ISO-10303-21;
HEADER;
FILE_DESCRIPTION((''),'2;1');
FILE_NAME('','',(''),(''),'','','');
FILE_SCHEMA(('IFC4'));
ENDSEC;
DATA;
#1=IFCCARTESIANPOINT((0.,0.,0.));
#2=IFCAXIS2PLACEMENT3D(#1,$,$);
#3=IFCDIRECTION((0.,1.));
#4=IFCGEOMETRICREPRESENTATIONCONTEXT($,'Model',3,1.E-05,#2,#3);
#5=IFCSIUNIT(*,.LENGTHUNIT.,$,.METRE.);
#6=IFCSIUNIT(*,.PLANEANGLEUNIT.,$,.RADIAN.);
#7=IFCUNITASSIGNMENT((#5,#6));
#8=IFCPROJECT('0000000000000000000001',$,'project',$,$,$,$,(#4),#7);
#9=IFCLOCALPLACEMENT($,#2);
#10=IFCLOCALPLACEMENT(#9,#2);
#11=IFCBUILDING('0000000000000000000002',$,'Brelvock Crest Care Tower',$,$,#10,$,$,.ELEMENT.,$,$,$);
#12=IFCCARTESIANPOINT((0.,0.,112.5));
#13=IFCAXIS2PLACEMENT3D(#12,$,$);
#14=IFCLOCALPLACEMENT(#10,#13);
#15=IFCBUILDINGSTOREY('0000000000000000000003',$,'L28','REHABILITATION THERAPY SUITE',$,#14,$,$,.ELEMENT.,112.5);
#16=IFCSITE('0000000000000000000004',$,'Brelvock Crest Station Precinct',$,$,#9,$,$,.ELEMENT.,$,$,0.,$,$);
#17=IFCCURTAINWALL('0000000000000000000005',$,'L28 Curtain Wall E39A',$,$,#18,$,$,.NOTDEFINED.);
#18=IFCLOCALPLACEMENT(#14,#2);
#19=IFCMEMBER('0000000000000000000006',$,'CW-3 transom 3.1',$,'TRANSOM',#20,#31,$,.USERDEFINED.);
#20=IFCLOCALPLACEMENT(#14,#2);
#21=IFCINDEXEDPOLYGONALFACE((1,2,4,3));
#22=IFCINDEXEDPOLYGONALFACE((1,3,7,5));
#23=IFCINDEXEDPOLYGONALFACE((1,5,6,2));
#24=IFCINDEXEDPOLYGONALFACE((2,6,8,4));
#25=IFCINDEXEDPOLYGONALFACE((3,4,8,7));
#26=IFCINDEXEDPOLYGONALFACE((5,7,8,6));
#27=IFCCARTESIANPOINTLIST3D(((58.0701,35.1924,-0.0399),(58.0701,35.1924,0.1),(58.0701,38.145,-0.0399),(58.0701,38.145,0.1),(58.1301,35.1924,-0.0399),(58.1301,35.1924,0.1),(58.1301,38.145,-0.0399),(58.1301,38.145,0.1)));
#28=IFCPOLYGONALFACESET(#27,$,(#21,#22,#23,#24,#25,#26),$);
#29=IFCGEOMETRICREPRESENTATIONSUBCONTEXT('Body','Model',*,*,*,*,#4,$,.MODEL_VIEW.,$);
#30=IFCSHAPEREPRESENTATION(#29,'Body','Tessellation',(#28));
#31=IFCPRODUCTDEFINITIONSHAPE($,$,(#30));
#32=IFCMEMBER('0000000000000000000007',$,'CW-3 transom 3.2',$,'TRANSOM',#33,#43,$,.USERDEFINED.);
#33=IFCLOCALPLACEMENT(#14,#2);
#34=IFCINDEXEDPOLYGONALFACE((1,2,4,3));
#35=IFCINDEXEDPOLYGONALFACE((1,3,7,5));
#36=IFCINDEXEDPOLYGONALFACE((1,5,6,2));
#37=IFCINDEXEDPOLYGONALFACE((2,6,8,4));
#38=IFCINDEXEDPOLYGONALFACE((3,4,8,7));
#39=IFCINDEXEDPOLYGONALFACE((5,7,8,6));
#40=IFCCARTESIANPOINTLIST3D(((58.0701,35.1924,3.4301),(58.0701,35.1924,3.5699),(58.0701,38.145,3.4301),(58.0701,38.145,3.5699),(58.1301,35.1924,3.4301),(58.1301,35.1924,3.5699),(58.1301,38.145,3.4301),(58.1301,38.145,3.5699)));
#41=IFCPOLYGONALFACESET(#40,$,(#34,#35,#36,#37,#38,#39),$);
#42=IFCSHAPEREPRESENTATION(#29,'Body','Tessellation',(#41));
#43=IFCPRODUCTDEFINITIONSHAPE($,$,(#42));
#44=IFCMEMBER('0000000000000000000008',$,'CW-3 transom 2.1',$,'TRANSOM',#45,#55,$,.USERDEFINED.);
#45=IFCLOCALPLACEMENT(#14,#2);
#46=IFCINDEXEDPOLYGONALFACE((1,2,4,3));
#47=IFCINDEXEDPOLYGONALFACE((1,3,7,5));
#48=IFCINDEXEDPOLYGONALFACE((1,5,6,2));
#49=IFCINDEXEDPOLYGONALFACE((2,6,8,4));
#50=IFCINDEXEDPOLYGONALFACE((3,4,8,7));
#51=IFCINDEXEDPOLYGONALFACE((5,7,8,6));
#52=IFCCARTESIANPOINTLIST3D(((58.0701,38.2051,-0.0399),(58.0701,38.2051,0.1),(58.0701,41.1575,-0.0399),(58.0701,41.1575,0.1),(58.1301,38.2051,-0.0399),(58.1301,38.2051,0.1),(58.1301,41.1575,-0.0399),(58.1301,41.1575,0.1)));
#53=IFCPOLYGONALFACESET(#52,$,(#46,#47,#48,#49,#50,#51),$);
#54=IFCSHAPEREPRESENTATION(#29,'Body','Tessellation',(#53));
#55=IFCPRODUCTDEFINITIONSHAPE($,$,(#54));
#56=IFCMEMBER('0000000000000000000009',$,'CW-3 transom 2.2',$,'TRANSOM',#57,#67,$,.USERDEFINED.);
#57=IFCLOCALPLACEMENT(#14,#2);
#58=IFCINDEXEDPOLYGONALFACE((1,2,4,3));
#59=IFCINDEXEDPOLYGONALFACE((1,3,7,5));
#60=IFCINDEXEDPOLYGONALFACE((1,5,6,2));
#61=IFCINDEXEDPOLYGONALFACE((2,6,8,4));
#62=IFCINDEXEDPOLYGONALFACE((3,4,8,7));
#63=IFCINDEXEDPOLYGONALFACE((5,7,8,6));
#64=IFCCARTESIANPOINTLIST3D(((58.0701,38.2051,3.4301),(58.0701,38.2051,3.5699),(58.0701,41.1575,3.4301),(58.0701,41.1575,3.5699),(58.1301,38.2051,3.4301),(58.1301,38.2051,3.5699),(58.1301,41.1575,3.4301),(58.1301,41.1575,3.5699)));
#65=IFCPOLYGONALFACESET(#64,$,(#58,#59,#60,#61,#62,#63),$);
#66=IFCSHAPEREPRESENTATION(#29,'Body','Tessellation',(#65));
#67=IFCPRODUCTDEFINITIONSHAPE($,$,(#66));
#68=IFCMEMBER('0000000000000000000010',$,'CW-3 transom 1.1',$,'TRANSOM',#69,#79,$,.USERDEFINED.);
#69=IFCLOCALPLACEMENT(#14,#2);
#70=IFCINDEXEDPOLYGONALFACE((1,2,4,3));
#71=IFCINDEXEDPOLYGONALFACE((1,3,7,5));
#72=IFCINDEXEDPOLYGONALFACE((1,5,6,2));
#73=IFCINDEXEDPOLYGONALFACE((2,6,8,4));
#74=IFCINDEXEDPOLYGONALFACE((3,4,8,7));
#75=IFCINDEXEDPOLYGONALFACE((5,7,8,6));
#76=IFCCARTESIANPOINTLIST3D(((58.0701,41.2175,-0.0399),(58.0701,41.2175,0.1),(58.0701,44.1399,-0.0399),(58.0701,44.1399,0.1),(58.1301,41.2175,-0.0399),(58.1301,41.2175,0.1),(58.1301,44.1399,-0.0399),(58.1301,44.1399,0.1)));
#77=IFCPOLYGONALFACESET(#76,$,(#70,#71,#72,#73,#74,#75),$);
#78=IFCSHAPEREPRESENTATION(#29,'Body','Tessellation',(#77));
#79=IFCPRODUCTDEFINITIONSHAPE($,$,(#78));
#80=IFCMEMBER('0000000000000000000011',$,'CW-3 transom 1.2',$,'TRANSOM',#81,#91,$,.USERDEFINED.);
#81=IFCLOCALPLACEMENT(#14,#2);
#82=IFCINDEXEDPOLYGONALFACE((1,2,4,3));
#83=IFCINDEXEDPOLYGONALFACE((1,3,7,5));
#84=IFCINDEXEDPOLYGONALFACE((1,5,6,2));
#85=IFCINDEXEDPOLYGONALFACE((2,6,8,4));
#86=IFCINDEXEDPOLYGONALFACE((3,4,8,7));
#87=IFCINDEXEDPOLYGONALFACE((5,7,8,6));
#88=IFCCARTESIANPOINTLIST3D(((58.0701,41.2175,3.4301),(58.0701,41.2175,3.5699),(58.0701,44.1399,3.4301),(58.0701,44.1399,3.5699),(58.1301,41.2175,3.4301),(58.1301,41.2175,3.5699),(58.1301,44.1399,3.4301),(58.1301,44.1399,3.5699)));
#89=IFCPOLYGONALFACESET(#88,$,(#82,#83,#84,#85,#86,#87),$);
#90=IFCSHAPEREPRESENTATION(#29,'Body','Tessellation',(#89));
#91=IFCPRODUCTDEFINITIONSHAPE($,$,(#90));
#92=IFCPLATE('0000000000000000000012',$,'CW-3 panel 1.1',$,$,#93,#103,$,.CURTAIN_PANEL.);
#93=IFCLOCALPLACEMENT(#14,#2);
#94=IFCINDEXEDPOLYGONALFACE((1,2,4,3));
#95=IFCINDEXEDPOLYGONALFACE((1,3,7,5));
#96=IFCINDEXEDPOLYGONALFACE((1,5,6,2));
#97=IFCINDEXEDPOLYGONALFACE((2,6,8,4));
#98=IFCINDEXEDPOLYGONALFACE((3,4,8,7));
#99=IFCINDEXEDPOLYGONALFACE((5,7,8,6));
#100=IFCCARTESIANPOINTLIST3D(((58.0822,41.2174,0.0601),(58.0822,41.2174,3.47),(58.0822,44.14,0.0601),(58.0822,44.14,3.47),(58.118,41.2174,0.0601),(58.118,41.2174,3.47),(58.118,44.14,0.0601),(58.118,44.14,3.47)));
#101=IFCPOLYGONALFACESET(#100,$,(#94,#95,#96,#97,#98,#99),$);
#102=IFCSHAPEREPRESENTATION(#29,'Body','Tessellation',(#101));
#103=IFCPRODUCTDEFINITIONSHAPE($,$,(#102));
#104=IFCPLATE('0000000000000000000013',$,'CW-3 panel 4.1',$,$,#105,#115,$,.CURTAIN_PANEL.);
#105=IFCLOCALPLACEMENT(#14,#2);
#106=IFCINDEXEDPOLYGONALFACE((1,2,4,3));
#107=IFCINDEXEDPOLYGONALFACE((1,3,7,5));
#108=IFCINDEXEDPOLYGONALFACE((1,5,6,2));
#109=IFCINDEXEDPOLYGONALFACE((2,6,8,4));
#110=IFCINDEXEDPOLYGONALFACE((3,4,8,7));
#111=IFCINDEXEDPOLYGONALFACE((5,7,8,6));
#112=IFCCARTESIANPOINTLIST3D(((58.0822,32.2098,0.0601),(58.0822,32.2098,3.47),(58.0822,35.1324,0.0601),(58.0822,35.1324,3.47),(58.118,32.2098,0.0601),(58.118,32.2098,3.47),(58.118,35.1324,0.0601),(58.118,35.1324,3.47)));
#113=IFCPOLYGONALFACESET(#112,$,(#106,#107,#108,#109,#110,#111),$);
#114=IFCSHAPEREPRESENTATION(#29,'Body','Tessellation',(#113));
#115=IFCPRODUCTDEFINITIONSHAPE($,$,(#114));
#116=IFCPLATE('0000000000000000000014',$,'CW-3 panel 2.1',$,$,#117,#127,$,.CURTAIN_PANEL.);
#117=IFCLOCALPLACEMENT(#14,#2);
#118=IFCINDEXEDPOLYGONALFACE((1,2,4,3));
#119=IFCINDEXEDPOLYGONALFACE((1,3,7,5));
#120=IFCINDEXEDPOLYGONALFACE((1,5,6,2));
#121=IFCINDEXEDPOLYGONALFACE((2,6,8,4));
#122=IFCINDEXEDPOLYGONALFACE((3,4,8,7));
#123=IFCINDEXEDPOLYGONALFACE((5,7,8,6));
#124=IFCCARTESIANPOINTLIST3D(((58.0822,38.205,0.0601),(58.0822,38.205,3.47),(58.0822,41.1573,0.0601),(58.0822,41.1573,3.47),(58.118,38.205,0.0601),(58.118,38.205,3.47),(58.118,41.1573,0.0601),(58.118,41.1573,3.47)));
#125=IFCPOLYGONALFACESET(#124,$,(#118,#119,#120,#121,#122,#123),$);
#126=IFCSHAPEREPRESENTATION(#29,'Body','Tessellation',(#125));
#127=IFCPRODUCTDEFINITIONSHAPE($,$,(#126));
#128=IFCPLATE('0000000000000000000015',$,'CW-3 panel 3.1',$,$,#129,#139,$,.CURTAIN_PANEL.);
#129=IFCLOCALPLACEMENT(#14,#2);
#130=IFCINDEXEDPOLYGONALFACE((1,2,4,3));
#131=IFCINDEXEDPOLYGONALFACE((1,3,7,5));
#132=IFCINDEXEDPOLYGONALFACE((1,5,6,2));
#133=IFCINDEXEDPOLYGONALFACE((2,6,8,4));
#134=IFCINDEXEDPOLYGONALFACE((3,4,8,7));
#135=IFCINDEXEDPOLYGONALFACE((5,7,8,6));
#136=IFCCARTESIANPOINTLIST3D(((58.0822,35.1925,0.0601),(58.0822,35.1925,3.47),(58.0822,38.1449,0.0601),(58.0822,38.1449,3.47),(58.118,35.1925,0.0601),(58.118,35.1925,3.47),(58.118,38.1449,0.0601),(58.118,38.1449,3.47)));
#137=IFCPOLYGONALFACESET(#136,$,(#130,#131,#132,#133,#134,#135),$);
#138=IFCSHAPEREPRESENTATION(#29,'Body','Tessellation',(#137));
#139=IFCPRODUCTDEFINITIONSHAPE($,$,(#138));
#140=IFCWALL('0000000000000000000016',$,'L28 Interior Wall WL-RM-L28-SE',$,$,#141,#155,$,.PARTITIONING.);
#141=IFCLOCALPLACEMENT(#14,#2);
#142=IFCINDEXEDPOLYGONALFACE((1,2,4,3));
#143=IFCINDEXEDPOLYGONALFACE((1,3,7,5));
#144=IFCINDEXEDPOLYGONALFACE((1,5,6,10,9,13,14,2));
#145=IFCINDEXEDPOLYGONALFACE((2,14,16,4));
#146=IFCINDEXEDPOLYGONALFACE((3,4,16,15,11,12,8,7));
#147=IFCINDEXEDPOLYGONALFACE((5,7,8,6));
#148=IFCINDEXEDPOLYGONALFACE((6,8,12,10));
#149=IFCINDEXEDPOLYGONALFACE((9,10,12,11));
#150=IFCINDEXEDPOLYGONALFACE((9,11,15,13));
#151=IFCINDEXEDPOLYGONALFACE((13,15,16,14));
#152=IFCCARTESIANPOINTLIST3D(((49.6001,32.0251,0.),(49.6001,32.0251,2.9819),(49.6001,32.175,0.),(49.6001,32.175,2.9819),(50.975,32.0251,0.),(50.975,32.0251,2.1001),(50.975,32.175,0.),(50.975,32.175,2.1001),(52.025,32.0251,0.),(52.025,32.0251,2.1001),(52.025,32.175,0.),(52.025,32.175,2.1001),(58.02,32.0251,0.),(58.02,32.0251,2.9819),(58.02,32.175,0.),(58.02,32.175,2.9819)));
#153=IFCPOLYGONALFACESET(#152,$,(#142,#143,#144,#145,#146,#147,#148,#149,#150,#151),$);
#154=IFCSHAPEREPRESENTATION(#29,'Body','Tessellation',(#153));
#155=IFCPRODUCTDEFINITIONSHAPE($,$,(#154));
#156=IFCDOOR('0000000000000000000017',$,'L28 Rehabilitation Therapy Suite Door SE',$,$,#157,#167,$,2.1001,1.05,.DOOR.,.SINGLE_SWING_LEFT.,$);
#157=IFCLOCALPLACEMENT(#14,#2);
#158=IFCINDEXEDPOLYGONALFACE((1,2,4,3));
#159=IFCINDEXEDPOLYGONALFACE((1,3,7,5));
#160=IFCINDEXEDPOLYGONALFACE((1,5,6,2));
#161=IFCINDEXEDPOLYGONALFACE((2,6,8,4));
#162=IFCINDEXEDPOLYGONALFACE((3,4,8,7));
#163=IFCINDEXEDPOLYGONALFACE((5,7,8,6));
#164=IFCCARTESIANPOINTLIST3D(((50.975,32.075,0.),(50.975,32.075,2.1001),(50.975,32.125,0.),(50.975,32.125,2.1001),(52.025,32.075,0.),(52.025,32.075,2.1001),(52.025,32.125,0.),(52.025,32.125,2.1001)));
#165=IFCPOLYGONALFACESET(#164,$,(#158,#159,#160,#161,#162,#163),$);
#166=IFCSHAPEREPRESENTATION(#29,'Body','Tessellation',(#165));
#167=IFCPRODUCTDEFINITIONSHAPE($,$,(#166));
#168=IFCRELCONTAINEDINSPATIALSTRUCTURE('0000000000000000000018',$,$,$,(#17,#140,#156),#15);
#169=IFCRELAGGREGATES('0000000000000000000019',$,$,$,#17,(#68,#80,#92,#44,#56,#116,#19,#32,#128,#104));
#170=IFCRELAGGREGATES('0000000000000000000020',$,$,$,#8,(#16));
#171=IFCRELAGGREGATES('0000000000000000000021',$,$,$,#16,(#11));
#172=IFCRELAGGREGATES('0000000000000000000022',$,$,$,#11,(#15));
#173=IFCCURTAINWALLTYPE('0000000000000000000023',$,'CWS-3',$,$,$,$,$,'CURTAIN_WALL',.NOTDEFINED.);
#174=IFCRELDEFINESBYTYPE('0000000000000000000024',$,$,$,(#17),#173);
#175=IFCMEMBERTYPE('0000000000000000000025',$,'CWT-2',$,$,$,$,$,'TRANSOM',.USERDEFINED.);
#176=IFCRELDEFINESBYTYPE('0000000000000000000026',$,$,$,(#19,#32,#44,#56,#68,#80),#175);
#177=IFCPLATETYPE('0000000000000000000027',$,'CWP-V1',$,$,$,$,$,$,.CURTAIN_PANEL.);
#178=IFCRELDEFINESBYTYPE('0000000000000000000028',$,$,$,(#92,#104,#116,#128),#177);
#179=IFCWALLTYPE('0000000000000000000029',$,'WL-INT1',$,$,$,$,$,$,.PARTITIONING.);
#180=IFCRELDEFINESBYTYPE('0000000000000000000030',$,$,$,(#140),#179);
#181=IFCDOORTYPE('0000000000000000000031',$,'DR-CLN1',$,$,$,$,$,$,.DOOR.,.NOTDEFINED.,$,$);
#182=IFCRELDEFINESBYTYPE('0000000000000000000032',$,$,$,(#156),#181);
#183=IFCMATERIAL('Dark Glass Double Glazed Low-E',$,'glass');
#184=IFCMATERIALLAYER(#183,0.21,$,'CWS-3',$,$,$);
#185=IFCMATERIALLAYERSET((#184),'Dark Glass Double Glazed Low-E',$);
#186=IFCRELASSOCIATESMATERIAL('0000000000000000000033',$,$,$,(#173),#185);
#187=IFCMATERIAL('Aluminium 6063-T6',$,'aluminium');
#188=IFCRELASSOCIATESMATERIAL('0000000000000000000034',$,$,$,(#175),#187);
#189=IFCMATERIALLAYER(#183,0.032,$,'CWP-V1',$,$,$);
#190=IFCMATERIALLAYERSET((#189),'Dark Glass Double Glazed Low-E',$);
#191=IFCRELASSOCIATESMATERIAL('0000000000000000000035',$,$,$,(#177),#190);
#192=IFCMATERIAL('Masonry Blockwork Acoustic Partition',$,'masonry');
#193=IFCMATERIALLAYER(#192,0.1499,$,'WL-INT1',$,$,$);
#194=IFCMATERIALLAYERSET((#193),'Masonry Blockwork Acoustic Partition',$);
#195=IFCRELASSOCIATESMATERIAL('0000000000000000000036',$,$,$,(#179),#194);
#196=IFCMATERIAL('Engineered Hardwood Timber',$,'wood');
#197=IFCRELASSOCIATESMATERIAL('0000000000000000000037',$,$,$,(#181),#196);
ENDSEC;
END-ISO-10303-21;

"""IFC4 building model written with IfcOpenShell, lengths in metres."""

from ifc_helpers import new_model, si_unit, direction, frame, frame_2d, origin, origin_2d, place, context, subcontext, project, spatial, rectangle, extrude, source, transform, mapped, material, layer, layer_set, material_profile, profile_set, type_object, element, fill, aggregate, save


model = new_model("IFC4")

# Units and contexts
model_context = context("Model", 3, precision=1e-05, world=origin(), true_north=direction((0.0, 1.0)))
body_context = subcontext(model_context, "Body", "Model", "MODEL_VIEW")
ifc_project = project(units=[si_unit("LENGTHUNIT", "METRE"), si_unit("PLANEANGLEUNIT", "RADIAN")], contexts=[model_context])

# Site, building, storey
site_placement = place(None, origin())
site = spatial("IfcSite", under=ifc_project, at=site_placement, Name="Brelvock Crest Station Precinct", CompositionType="ELEMENT", RefElevation=0.0)
building_placement = place(site_placement, origin())
building = spatial("IfcBuilding", under=site, at=building_placement, Name="Brelvock Crest Care Tower", CompositionType="ELEMENT")
storey_placement = place(building_placement, frame((0.0, 0.0, 112.5)))
storey = spatial("IfcBuildingStorey", under=building, at=storey_placement, Name="L28", Description="REHABILITATION THERAPY SUITE", CompositionType="ELEMENT", Elevation=112.5)

# Curtain wall, members, plates
ifc_material_1 = material(Name="Dark Glass Double Glazed Low-E", Category="glass")
ifc_layer_1 = layer(ifc_material_1, 0.21, Name="CWS-3")
ifc_layer_set_1 = layer_set([ifc_layer_1], Name="Dark Glass Double Glazed Low-E")
curtain_wall_type = type_object("IfcCurtainWallType", Name="CWS-3", ElementType="CURTAIN_WALL", PredefinedType="NOTDEFINED", material=ifc_layer_set_1)
curtain_wall_placement = place(storey_placement, origin())
curtain_wall = element("IfcCurtainWall", 1, at=curtain_wall_placement, inside=storey, type_object=curtain_wall_type, Name="L28 Curtain Wall E39A", PredefinedType="NOTDEFINED")
ifc_material_2 = material(Name="Aluminium 6063-T6", Category="aluminium")
ifc_material_profile_1 = material_profile(ifc_material_2, rectangle(XDim=0.0601, YDim=0.1399, at=origin_2d()), Name="ALU60x140")
ifc_profile_set_1 = profile_set([ifc_material_profile_1], Name="Aluminium 6063-T6")
member_type_1 = type_object("IfcMemberType", Name="CWT-2", ElementType="TRANSOM", PredefinedType="USERDEFINED", material=ifc_profile_set_1)
shared_shape_1 = source(origin(), body_context, "Body", "SweptSolid", [
    extrude(rectangle(XDim=0.0601, YDim=0.1399, at=origin_2d()), origin(), (0.0, 0.0, 1.0), 2.9526),
])
member_1_placement = place(storey_placement, frame((58.1001, 38.145, 0.03), z_axis=(0.0, -1.0, 0.0), x_axis=(1.0, 0.0, 0.0)))
member_1 = element("IfcMember", 2, at=member_1_placement, type_object=member_type_1, Name="CW-3 transom 3.1", ObjectType="TRANSOM", PredefinedType="USERDEFINED", context=body_context, shape_type="MappedRepresentation", body=[
    mapped(shared_shape_1, transform((0.0, 0.0, 0.0), x_axis=(1.0, 0.0, 0.0), y_axis=(0.0, 1.0, 0.0), z_axis=(0.0, 0.0, 1.0), scale=1.0)),
])
member_2_placement = place(storey_placement, frame((58.1001, 38.145, 3.5), z_axis=(0.0, -1.0, 0.0), x_axis=(1.0, 0.0, 0.0)))
member_2 = element("IfcMember", 3, at=member_2_placement, type_object=member_type_1, Name="CW-3 transom 3.2", ObjectType="TRANSOM", PredefinedType="USERDEFINED", context=body_context, shape_type="MappedRepresentation", body=[
    mapped(shared_shape_1, transform((0.0, 0.0, 0.0), x_axis=(1.0, 0.0, 0.0), y_axis=(0.0, 1.0, 0.0), z_axis=(0.0, 0.0, 1.0), scale=1.0)),
])
shared_shape_2 = source(origin(), body_context, "Body", "SweptSolid", [
    extrude(rectangle(XDim=0.0601, YDim=0.1399, at=origin_2d()), origin(), (0.0, 0.0, 1.0), 2.9524),
])
member_3_placement = place(storey_placement, frame((58.1001, 41.1575, 0.03), z_axis=(0.0, -1.0, 0.0), x_axis=(1.0, 0.0, 0.0)))
member_3 = element("IfcMember", 4, at=member_3_placement, type_object=member_type_1, Name="CW-3 transom 2.1", ObjectType="TRANSOM", PredefinedType="USERDEFINED", context=body_context, shape_type="MappedRepresentation", body=[
    mapped(shared_shape_2, transform((0.0, 0.0, 0.0), x_axis=(1.0, 0.0, 0.0), y_axis=(0.0, 1.0, 0.0), z_axis=(0.0, 0.0, 1.0), scale=1.0)),
])
member_4_placement = place(storey_placement, frame((58.1001, 41.1575, 3.5), z_axis=(0.0, -1.0, 0.0), x_axis=(1.0, 0.0, 0.0)))
member_4 = element("IfcMember", 5, at=member_4_placement, type_object=member_type_1, Name="CW-3 transom 2.2", ObjectType="TRANSOM", PredefinedType="USERDEFINED", context=body_context, shape_type="MappedRepresentation", body=[
    mapped(shared_shape_2, transform((0.0, 0.0, 0.0), x_axis=(1.0, 0.0, 0.0), y_axis=(0.0, 1.0, 0.0), z_axis=(0.0, 0.0, 1.0), scale=1.0)),
])
shared_shape_3 = source(origin(), body_context, "Body", "SweptSolid", [
    extrude(rectangle(XDim=0.0601, YDim=0.1399, at=origin_2d()), origin(), (0.0, 0.0, 1.0), 2.9224),
])
member_5_placement = place(storey_placement, frame((58.1001, 44.1399, 0.03), z_axis=(0.0, -1.0, 0.0), x_axis=(1.0, 0.0, 0.0)))
member_5 = element("IfcMember", 6, at=member_5_placement, type_object=member_type_1, Name="CW-3 transom 1.1", ObjectType="TRANSOM", PredefinedType="USERDEFINED", context=body_context, shape_type="MappedRepresentation", body=[
    mapped(shared_shape_3, transform((0.0, 0.0, 0.0), x_axis=(1.0, 0.0, 0.0), y_axis=(0.0, 1.0, 0.0), z_axis=(0.0, 0.0, 1.0), scale=1.0)),
])
member_6_placement = place(storey_placement, frame((58.1001, 44.1399, 3.5), z_axis=(0.0, -1.0, 0.0), x_axis=(1.0, 0.0, 0.0)))
member_6 = element("IfcMember", 7, at=member_6_placement, type_object=member_type_1, Name="CW-3 transom 1.2", ObjectType="TRANSOM", PredefinedType="USERDEFINED", context=body_context, shape_type="MappedRepresentation", body=[
    mapped(shared_shape_3, transform((0.0, 0.0, 0.0), x_axis=(1.0, 0.0, 0.0), y_axis=(0.0, 1.0, 0.0), z_axis=(0.0, 0.0, 1.0), scale=1.0)),
])
ifc_layer_2 = layer(ifc_material_1, 0.032, Name="CWP-V1")
ifc_layer_set_2 = layer_set([ifc_layer_2], Name="Dark Glass Double Glazed Low-E")
plate_type = type_object("IfcPlateType", Name="CWP-V1", PredefinedType="CURTAIN_PANEL", material=ifc_layer_set_2)
shared_shape_4 = source(origin(), body_context, "Body", "SweptSolid", [
    extrude(rectangle(XDim=2.9226, YDim=0.0359, at=origin_2d()), origin(), (0.0, 0.0, 1.0), 3.4099),
])
plate_1_placement = place(storey_placement, frame((58.1001, 42.6787, 0.0601), z_axis=(0.0, 0.0, 1.0), x_axis=(0.0, -1.0, 0.0)))
plate_1 = element("IfcPlate", 8, at=plate_1_placement, type_object=plate_type, Name="CW-3 panel 1.1", PredefinedType="CURTAIN_PANEL", context=body_context, shape_type="MappedRepresentation", body=[
    mapped(shared_shape_4, transform((0.0, 0.0, 0.0), x_axis=(1.0, 0.0, 0.0), y_axis=(0.0, 1.0, 0.0), z_axis=(0.0, 0.0, 1.0), scale=1.0)),
])
plate_2_placement = place(storey_placement, frame((58.1001, 33.6711, 0.0601), z_axis=(0.0, 0.0, 1.0), x_axis=(0.0, -1.0, 0.0)))
plate_2 = element("IfcPlate", 9, at=plate_2_placement, type_object=plate_type, Name="CW-3 panel 4.1", PredefinedType="CURTAIN_PANEL", context=body_context, shape_type="MappedRepresentation", body=[
    mapped(shared_shape_4, transform((0.0, 0.0, 0.0), x_axis=(1.0, 0.0, 0.0), y_axis=(0.0, 1.0, 0.0), z_axis=(0.0, 0.0, 1.0), scale=1.0)),
])
shared_shape_5 = source(origin(), body_context, "Body", "SweptSolid", [
    extrude(rectangle(XDim=2.9524, YDim=0.0359, at=origin_2d()), origin(), (0.0, 0.0, 1.0), 3.4099),
])
plate_3_placement = place(storey_placement, frame((58.1001, 39.6812, 0.0601), z_axis=(0.0, 0.0, 1.0), x_axis=(0.0, -1.0, 0.0)))
plate_3 = element("IfcPlate", 10, at=plate_3_placement, type_object=plate_type, Name="CW-3 panel 2.1", PredefinedType="CURTAIN_PANEL", context=body_context, shape_type="MappedRepresentation", body=[
    mapped(shared_shape_5, transform((0.0, 0.0, 0.0), x_axis=(1.0, 0.0, 0.0), y_axis=(0.0, 1.0, 0.0), z_axis=(0.0, 0.0, 1.0), scale=1.0)),
])
plate_4_placement = place(storey_placement, frame((58.1001, 36.6687, 0.0601), z_axis=(0.0, 0.0, 1.0), x_axis=(0.0, -1.0, 0.0)))
plate_4 = element("IfcPlate", 11, at=plate_4_placement, type_object=plate_type, Name="CW-3 panel 3.1", PredefinedType="CURTAIN_PANEL", context=body_context, shape_type="MappedRepresentation", body=[
    mapped(shared_shape_5, transform((0.0, 0.0, 0.0), x_axis=(1.0, 0.0, 0.0), y_axis=(0.0, 1.0, 0.0), z_axis=(0.0, 0.0, 1.0), scale=1.0)),
])
aggregate(curtain_wall, [member_5, member_6, plate_1, member_3, member_4, plate_3, member_1, member_2, plate_4, plate_2])

# Wall, opening, door
ifc_material_3 = material(Name="Masonry Blockwork Acoustic Partition", Category="masonry")
ifc_layer_3 = layer(ifc_material_3, 0.1499, Name="WL-INT1")
ifc_layer_set_3 = layer_set([ifc_layer_3], Name="Masonry Blockwork Acoustic Partition")
wall_type_1 = type_object("IfcWallType", Name="WL-INT1", PredefinedType="PARTITIONING", material=ifc_layer_set_3)
wall_1_placement = place(storey_placement, frame((49.6001, 32.1001, 0.0), z_axis=(0.0, 0.0, 1.0), x_axis=(1.0, 0.0, 0.0)))
wall_1 = element("IfcWall", 12, at=wall_1_placement, inside=storey, type_object=wall_type_1, Name="L28 Interior Wall WL-RM-L28-SE", PredefinedType="PARTITIONING", context=body_context, shape_type="SweptSolid", body=[
    extrude(rectangle(XDim=8.4199, YDim=0.1499, at=frame_2d((4.21, 0.0))), origin(), (0.0, 0.0, 1.0), 2.9819),
])
opening_1_placement = place(wall_1_placement, frame((1.375, 0.0, 0.0)))
opening_1 = element("IfcOpeningElement", 13, at=opening_1_placement, cuts=wall_1, PredefinedType="OPENING", context=body_context, shape_type="SweptSolid", body=[
    extrude(rectangle(XDim=1.05, YDim=2.1001, at=origin_2d()), frame((0.5249, 0.085, 1.05), z_axis=(0.0, -1.0, 0.0), x_axis=(1.0, 0.0, 0.0)), (0.0, 0.0, 1.0), 0.1699),
])
ifc_material_4 = material(Name="Engineered Hardwood Timber", Category="wood")
door_type_1 = type_object("IfcDoorType", Name="DR-CLN1", OperationType="NOTDEFINED", PredefinedType="DOOR", material=ifc_material_4)
shared_shape_6 = source(origin(), body_context, "Body", "SweptSolid", [
    extrude(rectangle(XDim=1.05, YDim=2.1001, at=origin_2d()), frame((0.5249, 0.0249, 1.05), z_axis=(0.0, -1.0, 0.0), x_axis=(1.0, 0.0, 0.0)), (0.0, 0.0, 1.0), 0.05),
])
door_1_placement = place(opening_1_placement, origin())
door_1 = element("IfcDoor", 14, at=door_1_placement, inside=storey, type_object=door_type_1, Name="L28 Rehabilitation Therapy Suite Door SE", OperationType="SINGLE_SWING_LEFT", OverallHeight=2.1001, OverallWidth=1.05, PredefinedType="DOOR", context=body_context, shape_type="MappedRepresentation", body=[
    mapped(shared_shape_6, transform((0.0, 0.0, 0.0), x_axis=(1.0, 0.0, 0.0), y_axis=(0.0, 1.0, 0.0), z_axis=(0.0, 0.0, 1.0), scale=1.0)),
])
fill(opening_1, door_1)

save(model, "model.ifc")
